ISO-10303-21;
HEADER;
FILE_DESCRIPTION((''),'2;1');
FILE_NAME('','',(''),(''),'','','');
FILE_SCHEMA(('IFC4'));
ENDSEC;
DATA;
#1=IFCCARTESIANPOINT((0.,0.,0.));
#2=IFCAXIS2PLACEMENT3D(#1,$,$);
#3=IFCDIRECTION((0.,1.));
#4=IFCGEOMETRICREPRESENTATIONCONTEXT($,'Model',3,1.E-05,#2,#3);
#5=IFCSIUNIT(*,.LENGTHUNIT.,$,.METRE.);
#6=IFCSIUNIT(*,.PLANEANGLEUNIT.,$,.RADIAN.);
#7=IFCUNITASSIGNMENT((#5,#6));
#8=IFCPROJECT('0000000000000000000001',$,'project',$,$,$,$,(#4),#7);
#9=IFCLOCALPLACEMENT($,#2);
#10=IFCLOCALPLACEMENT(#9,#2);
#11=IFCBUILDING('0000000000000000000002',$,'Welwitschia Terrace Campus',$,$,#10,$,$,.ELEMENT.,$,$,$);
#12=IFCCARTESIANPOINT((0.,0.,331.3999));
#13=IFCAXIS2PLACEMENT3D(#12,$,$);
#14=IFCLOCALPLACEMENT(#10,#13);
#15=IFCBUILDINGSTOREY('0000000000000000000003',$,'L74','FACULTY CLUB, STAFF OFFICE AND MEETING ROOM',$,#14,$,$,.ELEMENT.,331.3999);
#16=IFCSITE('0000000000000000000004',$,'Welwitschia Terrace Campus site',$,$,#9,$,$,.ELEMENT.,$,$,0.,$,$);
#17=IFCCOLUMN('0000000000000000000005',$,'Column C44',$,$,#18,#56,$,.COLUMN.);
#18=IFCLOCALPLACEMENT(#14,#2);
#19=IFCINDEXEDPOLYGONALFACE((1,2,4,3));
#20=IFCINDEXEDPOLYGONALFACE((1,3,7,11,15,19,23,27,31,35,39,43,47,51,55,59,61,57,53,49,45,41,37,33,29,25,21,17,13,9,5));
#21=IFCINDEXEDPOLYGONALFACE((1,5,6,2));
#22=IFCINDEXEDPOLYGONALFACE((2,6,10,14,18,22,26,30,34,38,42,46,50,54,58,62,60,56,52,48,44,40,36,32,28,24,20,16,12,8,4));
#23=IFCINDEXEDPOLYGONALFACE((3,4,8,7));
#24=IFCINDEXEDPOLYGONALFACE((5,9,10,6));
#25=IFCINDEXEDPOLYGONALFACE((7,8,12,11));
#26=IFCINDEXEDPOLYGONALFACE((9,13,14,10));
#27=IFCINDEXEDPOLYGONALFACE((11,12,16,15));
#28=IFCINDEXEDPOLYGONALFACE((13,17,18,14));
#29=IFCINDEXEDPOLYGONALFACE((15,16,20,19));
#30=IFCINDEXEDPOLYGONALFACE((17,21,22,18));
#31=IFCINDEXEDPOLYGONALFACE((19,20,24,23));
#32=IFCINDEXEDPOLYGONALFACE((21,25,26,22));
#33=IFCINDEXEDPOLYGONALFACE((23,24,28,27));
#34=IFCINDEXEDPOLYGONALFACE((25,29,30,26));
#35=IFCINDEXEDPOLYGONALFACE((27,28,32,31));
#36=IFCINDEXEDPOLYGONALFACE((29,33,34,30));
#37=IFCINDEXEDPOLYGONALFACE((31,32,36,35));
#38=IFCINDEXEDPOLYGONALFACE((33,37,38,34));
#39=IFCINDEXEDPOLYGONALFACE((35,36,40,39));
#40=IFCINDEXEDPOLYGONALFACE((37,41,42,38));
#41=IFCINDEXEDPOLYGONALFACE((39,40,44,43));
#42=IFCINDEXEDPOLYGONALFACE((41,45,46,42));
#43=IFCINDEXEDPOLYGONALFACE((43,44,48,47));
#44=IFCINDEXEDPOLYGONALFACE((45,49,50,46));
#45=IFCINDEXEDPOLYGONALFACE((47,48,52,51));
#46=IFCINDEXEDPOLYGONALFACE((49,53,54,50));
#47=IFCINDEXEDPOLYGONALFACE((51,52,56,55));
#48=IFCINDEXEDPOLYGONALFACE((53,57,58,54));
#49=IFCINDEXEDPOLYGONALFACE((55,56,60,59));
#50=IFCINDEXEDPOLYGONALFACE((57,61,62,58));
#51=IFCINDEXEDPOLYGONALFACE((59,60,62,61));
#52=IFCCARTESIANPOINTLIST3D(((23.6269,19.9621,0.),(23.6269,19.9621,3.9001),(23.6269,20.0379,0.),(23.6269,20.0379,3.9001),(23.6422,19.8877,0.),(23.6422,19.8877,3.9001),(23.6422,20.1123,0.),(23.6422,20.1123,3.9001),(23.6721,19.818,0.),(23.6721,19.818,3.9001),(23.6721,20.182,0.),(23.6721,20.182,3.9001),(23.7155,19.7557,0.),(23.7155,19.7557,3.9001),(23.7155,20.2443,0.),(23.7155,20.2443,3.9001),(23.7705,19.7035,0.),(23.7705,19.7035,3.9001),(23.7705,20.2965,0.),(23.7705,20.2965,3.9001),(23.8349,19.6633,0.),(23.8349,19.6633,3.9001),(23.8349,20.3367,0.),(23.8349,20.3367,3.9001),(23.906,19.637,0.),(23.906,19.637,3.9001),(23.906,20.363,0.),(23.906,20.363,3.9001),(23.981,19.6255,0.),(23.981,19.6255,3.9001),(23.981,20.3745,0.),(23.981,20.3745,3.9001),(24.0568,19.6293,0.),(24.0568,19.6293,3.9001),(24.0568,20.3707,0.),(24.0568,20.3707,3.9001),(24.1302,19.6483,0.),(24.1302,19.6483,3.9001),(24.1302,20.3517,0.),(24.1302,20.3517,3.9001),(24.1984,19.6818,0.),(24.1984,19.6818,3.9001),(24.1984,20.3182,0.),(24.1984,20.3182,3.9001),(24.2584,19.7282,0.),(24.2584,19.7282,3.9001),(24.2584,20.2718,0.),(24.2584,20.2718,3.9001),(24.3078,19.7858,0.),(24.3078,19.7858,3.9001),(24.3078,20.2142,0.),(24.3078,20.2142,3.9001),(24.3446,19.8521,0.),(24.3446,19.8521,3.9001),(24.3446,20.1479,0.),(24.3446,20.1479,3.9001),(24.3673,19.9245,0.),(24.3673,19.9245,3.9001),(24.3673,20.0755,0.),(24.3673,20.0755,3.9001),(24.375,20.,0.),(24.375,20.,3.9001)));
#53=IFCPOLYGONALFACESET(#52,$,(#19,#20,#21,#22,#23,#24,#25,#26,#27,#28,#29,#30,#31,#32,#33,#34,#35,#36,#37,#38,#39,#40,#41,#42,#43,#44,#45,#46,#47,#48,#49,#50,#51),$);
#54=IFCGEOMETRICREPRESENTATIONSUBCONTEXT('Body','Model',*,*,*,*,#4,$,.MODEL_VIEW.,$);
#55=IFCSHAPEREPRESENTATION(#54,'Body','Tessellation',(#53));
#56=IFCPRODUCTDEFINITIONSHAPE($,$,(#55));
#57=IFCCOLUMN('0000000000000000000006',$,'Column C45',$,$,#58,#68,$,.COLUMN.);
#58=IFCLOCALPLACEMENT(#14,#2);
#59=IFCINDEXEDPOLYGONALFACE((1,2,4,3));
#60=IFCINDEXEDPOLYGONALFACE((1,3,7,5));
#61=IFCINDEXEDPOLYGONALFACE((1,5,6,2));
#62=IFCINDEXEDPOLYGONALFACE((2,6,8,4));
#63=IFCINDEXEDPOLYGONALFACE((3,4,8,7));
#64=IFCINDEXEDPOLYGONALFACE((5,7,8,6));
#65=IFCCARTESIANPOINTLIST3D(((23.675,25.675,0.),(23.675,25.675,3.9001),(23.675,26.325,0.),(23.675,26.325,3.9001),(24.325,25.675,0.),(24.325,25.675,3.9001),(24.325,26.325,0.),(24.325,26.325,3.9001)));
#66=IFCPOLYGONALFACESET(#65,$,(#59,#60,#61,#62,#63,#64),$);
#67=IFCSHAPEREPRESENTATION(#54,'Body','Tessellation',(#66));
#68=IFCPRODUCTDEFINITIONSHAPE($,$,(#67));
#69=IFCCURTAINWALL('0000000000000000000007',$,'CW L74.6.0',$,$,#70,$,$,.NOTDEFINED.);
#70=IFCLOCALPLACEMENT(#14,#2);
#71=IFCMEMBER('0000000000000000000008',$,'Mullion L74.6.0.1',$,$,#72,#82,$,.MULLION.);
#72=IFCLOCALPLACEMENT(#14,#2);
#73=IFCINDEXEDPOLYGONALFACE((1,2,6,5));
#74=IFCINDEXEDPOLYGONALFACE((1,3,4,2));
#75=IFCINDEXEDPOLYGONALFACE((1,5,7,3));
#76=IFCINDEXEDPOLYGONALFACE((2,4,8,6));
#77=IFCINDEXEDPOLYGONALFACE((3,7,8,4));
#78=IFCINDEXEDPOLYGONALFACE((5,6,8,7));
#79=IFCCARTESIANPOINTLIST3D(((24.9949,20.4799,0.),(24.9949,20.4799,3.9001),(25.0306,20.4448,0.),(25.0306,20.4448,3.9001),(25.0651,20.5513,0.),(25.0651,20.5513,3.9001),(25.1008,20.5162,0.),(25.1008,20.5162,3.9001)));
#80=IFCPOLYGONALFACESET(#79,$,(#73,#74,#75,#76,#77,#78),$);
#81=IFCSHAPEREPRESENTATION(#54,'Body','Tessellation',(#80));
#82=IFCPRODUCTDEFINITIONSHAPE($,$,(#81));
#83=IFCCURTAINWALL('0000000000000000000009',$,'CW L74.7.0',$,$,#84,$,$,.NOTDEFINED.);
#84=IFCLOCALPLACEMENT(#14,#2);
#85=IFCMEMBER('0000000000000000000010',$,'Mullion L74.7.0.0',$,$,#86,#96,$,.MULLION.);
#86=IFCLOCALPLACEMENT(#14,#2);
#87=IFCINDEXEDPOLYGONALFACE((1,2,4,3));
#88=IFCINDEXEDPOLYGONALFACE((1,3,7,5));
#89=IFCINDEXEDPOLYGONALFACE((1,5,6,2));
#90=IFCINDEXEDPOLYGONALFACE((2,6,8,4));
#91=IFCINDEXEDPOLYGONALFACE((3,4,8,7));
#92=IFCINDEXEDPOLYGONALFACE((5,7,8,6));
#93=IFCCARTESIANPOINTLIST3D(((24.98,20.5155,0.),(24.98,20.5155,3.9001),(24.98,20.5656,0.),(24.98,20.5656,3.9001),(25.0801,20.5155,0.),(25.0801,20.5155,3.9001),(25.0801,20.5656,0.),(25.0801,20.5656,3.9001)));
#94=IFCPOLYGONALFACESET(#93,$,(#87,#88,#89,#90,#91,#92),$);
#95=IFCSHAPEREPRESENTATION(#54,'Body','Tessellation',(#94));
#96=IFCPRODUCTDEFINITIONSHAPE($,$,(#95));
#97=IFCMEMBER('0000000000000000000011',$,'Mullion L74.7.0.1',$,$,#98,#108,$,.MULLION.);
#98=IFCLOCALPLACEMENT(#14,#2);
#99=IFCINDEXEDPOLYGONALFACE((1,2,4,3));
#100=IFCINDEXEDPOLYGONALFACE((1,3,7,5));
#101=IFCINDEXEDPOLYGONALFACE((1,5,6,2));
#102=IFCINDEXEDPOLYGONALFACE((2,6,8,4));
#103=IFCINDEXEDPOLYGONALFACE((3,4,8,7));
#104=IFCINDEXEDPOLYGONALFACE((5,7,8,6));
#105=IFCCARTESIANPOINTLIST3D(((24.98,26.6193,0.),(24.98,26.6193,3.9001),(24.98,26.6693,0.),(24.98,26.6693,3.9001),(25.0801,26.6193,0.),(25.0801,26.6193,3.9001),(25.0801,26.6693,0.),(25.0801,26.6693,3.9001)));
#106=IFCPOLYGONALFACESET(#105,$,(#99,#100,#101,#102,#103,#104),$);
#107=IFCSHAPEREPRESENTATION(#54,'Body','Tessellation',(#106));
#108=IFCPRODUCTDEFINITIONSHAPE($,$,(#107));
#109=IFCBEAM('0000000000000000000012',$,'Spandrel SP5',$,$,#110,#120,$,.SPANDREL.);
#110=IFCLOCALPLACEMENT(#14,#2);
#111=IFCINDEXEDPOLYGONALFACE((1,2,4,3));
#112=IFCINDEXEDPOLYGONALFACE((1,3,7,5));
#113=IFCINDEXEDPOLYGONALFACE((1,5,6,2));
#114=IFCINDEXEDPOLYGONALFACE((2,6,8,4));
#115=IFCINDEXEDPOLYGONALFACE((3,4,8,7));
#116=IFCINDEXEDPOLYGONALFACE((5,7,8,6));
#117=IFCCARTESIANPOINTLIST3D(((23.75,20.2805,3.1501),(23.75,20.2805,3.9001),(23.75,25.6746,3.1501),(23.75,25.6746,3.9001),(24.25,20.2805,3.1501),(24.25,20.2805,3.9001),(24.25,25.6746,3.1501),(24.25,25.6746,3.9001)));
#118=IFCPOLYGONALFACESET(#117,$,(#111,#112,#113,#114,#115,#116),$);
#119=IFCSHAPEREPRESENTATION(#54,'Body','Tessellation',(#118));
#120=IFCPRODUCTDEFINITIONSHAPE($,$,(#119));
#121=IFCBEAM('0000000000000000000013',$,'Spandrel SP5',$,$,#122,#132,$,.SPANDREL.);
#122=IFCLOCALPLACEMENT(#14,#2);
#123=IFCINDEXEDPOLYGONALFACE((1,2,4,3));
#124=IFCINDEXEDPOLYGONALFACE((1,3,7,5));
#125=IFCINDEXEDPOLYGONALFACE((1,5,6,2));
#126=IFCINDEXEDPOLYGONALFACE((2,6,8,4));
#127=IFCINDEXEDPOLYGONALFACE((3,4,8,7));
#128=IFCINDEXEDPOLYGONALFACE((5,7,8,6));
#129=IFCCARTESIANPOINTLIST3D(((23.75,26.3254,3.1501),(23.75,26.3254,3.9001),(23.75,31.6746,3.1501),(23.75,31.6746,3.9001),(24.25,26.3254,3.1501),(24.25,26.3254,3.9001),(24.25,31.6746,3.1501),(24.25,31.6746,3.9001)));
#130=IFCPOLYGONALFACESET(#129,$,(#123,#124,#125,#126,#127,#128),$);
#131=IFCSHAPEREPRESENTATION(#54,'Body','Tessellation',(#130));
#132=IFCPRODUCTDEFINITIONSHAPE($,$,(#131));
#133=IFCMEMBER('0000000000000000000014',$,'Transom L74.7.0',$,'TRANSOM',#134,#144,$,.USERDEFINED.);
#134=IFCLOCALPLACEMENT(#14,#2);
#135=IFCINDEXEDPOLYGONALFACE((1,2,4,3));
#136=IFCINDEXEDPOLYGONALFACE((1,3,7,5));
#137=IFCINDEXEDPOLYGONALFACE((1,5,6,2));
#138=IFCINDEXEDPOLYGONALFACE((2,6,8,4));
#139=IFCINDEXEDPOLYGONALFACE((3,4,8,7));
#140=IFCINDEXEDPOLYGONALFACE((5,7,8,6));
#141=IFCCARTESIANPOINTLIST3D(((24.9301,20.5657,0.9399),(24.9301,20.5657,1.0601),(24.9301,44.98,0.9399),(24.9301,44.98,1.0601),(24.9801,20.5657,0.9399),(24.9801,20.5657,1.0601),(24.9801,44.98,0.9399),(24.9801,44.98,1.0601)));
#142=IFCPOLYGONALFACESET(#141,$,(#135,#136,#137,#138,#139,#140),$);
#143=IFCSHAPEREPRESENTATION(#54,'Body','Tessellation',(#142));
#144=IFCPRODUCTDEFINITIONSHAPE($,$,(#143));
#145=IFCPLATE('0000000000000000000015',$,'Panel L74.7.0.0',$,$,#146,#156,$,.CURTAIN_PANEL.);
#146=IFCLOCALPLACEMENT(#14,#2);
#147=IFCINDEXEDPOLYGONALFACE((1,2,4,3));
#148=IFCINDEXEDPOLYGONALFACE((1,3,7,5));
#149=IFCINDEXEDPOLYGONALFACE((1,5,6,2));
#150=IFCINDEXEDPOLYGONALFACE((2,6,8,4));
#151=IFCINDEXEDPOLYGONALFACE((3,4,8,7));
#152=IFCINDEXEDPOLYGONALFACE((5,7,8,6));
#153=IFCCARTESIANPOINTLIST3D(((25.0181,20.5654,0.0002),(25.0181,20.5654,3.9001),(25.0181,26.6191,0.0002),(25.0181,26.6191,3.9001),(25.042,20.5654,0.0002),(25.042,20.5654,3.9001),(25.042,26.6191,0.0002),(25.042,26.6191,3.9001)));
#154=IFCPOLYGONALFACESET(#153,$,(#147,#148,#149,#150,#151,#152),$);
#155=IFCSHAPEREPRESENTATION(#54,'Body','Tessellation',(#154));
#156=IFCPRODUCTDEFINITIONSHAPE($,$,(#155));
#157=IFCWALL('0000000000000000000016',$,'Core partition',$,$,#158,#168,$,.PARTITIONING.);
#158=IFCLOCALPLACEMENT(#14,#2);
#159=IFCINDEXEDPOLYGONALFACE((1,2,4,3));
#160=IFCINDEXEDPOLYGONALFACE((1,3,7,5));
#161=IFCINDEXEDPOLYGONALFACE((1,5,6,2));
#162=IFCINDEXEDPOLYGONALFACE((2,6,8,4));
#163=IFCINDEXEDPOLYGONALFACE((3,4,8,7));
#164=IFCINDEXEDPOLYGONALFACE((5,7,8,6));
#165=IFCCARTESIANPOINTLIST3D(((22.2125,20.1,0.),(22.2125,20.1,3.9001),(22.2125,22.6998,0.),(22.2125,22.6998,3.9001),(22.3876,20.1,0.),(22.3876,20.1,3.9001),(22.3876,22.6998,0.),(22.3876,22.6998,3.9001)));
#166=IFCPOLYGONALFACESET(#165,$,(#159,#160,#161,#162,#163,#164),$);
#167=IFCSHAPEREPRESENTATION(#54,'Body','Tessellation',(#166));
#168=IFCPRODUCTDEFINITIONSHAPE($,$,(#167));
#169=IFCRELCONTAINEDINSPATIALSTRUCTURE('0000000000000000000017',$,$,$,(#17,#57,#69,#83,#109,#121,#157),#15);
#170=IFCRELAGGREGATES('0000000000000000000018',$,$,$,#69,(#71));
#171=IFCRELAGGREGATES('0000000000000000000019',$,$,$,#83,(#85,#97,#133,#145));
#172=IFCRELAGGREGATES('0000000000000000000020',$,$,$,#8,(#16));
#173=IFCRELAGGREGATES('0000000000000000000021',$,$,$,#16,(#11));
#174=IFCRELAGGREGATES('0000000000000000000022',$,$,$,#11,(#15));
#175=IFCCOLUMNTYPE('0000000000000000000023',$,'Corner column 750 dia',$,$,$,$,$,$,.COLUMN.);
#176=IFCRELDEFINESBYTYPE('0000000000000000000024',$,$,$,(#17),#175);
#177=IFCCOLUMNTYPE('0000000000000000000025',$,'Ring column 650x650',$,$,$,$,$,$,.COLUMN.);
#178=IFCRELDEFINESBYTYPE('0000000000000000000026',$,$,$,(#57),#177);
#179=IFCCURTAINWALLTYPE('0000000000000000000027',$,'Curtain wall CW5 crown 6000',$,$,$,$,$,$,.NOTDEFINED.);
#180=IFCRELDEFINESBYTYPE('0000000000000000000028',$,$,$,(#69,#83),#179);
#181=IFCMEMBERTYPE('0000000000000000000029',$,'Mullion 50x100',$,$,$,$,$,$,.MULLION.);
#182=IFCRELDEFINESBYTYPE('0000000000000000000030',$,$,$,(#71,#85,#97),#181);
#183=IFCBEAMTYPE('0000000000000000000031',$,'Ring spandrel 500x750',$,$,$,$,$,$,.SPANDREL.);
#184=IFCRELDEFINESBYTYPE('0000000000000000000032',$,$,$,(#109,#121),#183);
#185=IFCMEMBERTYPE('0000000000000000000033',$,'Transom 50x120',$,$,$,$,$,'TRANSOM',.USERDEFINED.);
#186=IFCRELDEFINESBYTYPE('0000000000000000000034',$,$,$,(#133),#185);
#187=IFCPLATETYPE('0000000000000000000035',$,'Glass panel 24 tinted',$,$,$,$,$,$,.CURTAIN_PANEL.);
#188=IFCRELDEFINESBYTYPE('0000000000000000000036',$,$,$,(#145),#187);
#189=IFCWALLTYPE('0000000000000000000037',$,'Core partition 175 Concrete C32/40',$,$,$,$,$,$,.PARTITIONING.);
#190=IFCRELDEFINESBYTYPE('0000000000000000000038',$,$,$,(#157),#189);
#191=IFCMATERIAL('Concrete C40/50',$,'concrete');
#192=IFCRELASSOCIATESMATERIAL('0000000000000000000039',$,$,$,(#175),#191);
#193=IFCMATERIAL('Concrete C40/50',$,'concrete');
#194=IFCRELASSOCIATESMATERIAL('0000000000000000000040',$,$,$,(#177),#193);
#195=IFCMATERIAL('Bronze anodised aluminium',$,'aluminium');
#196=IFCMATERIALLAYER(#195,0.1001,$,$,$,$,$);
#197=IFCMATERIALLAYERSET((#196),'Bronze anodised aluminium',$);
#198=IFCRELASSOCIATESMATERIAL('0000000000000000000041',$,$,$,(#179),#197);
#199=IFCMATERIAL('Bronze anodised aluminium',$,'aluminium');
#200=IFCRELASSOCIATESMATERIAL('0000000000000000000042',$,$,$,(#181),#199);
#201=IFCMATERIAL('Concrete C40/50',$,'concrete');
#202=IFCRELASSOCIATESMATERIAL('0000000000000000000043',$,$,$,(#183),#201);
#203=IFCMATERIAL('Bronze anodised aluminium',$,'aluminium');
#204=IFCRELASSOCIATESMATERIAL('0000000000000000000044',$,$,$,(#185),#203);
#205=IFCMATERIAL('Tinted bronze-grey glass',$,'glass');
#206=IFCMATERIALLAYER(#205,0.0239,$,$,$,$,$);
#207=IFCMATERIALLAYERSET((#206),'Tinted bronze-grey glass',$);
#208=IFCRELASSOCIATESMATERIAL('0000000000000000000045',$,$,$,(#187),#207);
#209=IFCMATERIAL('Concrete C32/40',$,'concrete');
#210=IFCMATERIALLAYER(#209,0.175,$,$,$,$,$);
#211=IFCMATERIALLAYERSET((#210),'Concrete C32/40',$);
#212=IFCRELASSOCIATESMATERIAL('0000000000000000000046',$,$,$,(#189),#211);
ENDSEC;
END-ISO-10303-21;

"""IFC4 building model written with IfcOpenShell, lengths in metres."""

from ifc_helpers import new_model, si_unit, direction, frame, frame_2d, origin, origin_2d, place, context, subcontext, project, spatial, rectangle, circle, extrude, material, layer, layer_set, material_profile, profile_set, type_object, element, aggregate, save


model = new_model("IFC4")

# Units and contexts
model_context = context("Model", 3, precision=1e-05, world=origin(), true_north=direction((0.0, 1.0)))
body_context = subcontext(model_context, "Body", "Model", "MODEL_VIEW")
ifc_project = project(units=[si_unit("LENGTHUNIT", "METRE"), si_unit("PLANEANGLEUNIT", "RADIAN")], contexts=[model_context])

# Site, building, storey
site_placement = place(None, origin())
site = spatial("IfcSite", under=ifc_project, at=site_placement, Name="Welwitschia Terrace Campus site", CompositionType="ELEMENT", RefElevation=0.0)
building_placement = place(site_placement, origin())
building = spatial("IfcBuilding", under=site, at=building_placement, Name="Welwitschia Terrace Campus", CompositionType="ELEMENT")
storey_placement = place(building_placement, frame((0.0, 0.0, 331.3999)))
storey = spatial("IfcBuildingStorey", under=building, at=storey_placement, Name="L74", Description="FACULTY CLUB, STAFF OFFICE AND MEETING ROOM", CompositionType="ELEMENT", Elevation=331.3999)

# Columns
ifc_material_1 = material(Name="Concrete C40/50", Category="concrete")
ifc_material_profile_1 = material_profile(ifc_material_1, circle(Radius=0.375, at=origin_2d()))
ifc_profile_set_1 = profile_set([ifc_material_profile_1], Name="Concrete C40/50")
column_type_1 = type_object("IfcColumnType", Name="Corner column 750 dia", PredefinedType="COLUMN", material=ifc_profile_set_1)
column_1_placement = place(storey_placement, frame((24.0, 20.0, 0.0), z_axis=(0.0, 0.0, 1.0), x_axis=(1.0, 0.0, 0.0)))
element("IfcColumn", 1, at=column_1_placement, inside=storey, type_object=column_type_1, Name="Column C44", PredefinedType="COLUMN", context=body_context, shape_type="SweptSolid", body=[
    extrude(circle(Radius=0.375, at=origin_2d()), origin(), (0.0, 0.0, 1.0), 3.9001),
])
ifc_material_2 = material(Name="Concrete C40/50", Category="concrete")
ifc_material_profile_2 = material_profile(ifc_material_2, rectangle(XDim=0.6499, YDim=0.6499, at=origin_2d()))
ifc_profile_set_2 = profile_set([ifc_material_profile_2], Name="Concrete C40/50")
column_type_2 = type_object("IfcColumnType", Name="Ring column 650x650", PredefinedType="COLUMN", material=ifc_profile_set_2)
column_2_placement = place(storey_placement, frame((24.0, 26.0, 0.0), z_axis=(0.0, 0.0, 1.0), x_axis=(1.0, 0.0, 0.0)))
element("IfcColumn", 2, at=column_2_placement, inside=storey, type_object=column_type_2, Name="Column C45", PredefinedType="COLUMN", context=body_context, shape_type="SweptSolid", body=[
    extrude(rectangle(XDim=0.6499, YDim=0.6499, at=origin_2d()), origin(), (0.0, 0.0, 1.0), 3.9001),
])

# Curtain wall, member
ifc_material_3 = material(Name="Bronze anodised aluminium", Category="aluminium")
ifc_layer_1 = layer(ifc_material_3, 0.1001)
ifc_layer_set_1 = layer_set([ifc_layer_1], Name="Bronze anodised aluminium")
curtain_wall_type = type_object("IfcCurtainWallType", Name="Curtain wall CW5 crown 6000", PredefinedType="NOTDEFINED", material=ifc_layer_set_1)
curtain_wall_1_placement = place(storey_placement, origin())
curtain_wall_1 = element("IfcCurtainWall", 3, at=curtain_wall_1_placement, inside=storey, type_object=curtain_wall_type, Name="CW L74.6.0", PredefinedType="NOTDEFINED")
ifc_material_4 = material(Name="Bronze anodised aluminium", Category="aluminium")
ifc_material_profile_3 = material_profile(ifc_material_4, rectangle(XDim=0.1001, YDim=0.05, at=origin_2d()))
ifc_profile_set_3 = profile_set([ifc_material_profile_3], Name="Bronze anodised aluminium")
member_type_1 = type_object("IfcMemberType", Name="Mullion 50x100", PredefinedType="MULLION", material=ifc_profile_set_3)
member_1_placement = place(storey_placement, frame((25.0479, 20.498, 0.0), z_axis=(0.0, 0.0, 1.0), x_axis=(-0.700909, -0.71325, 0.0)))
member_1 = element("IfcMember", 4, at=member_1_placement, type_object=member_type_1, Name="Mullion L74.6.0.1", PredefinedType="MULLION", context=body_context, shape_type="SweptSolid", body=[
    extrude(rectangle(XDim=0.1001, YDim=0.05, at=origin_2d()), origin(), (0.0, 0.0, 1.0), 3.9001),
])
aggregate(curtain_wall_1, [member_1])

# Curtain wall, members
curtain_wall_2_placement = place(storey_placement, origin())
curtain_wall_2 = element("IfcCurtainWall", 5, at=curtain_wall_2_placement, inside=storey, type_object=curtain_wall_type, Name="CW L74.7.0", PredefinedType="NOTDEFINED")
member_2_placement = place(storey_placement, frame((25.03, 20.5405, 0.0), z_axis=(0.0, 0.0, 1.0), x_axis=(-1.0, 0.0, 0.0)))
member_2 = element("IfcMember", 6, at=member_2_placement, type_object=member_type_1, Name="Mullion L74.7.0.0", PredefinedType="MULLION", context=body_context, shape_type="SweptSolid", body=[
    extrude(rectangle(XDim=0.1001, YDim=0.05, at=origin_2d()), origin(), (0.0, 0.0, 1.0), 3.9001),
])
member_3_placement = place(storey_placement, frame((25.03, 26.6443, 0.0), z_axis=(0.0, 0.0, 1.0), x_axis=(-1.0, 0.0, 0.0)))
member_3 = element("IfcMember", 7, at=member_3_placement, type_object=member_type_1, Name="Mullion L74.7.0.1", PredefinedType="MULLION", context=body_context, shape_type="SweptSolid", body=[
    extrude(rectangle(XDim=0.1001, YDim=0.05, at=origin_2d()), origin(), (0.0, 0.0, 1.0), 3.9001),
])

# Beams
ifc_material_5 = material(Name="Concrete C40/50", Category="concrete")
ifc_material_profile_4 = material_profile(ifc_material_5, rectangle(XDim=0.5, YDim=0.75, at=origin_2d()))
ifc_profile_set_4 = profile_set([ifc_material_profile_4], Name="Concrete C40/50")
beam_type = type_object("IfcBeamType", Name="Ring spandrel 500x750", PredefinedType="SPANDREL", material=ifc_profile_set_4)
beam_1_placement = place(storey_placement, frame((24.0, 20.2805, 3.5251), z_axis=(0.0, 1.0, 0.0), x_axis=(-1.0, 0.0, 0.0)))
element("IfcBeam", 8, at=beam_1_placement, inside=storey, type_object=beam_type, Name="Spandrel SP5", PredefinedType="SPANDREL", context=body_context, shape_type="SweptSolid", body=[
    extrude(rectangle(XDim=0.5, YDim=0.75, at=origin_2d()), origin(), (0.0, 0.0, 1.0), 5.394),
])
beam_2_placement = place(storey_placement, frame((24.0, 26.3254, 3.5251), z_axis=(0.0, 1.0, 0.0), x_axis=(-1.0, 0.0, 0.0)))
element("IfcBeam", 9, at=beam_2_placement, inside=storey, type_object=beam_type, Name="Spandrel SP5", PredefinedType="SPANDREL", context=body_context, shape_type="SweptSolid", body=[
    extrude(rectangle(XDim=0.5, YDim=0.75, at=origin_2d()), origin(), (0.0, 0.0, 1.0), 5.3491),
])

# Member
ifc_material_6 = material(Name="Bronze anodised aluminium", Category="aluminium")
ifc_material_profile_5 = material_profile(ifc_material_6, rectangle(XDim=0.05, YDim=0.1201, at=origin_2d()))
ifc_profile_set_5 = profile_set([ifc_material_profile_5], Name="Bronze anodised aluminium")
member_type_2 = type_object("IfcMemberType", Name="Transom 50x120", ElementType="TRANSOM", PredefinedType="USERDEFINED", material=ifc_profile_set_5)
member_4_placement = place(storey_placement, frame((24.9551, 20.5657, 1.0), z_axis=(0.0, 1.0, 0.0), x_axis=(-1.0, 0.0, 0.0)))
member_4 = element("IfcMember", 10, at=member_4_placement, type_object=member_type_2, Name="Transom L74.7.0", ObjectType="TRANSOM", PredefinedType="USERDEFINED", context=body_context, shape_type="SweptSolid", body=[
    extrude(rectangle(XDim=0.05, YDim=0.1201, at=origin_2d()), origin(), (0.0, 0.0, 1.0), 24.4143),
])

# Plate
ifc_material_7 = material(Name="Tinted bronze-grey glass", Category="glass")
ifc_layer_2 = layer(ifc_material_7, 0.0239)
ifc_layer_set_2 = layer_set([ifc_layer_2], Name="Tinted bronze-grey glass")
plate_type = type_object("IfcPlateType", Name="Glass panel 24 tinted", PredefinedType="CURTAIN_PANEL", material=ifc_layer_set_2)
plate_placement = place(storey_placement, frame((25.03, 23.5923, 0.0002), z_axis=(0.0, 0.0, 1.0), x_axis=(0.0, 1.0, 0.0)))
plate = element("IfcPlate", 11, at=plate_placement, type_object=plate_type, Name="Panel L74.7.0.0", PredefinedType="CURTAIN_PANEL", context=body_context, shape_type="SweptSolid", body=[
    extrude(rectangle(XDim=6.0537, YDim=0.0239, at=origin_2d()), origin(), (0.0, 0.0, 1.0), 3.8999),
])
aggregate(curtain_wall_2, [member_2, member_3, member_4, plate])

# Wall
ifc_material_8 = material(Name="Concrete C32/40", Category="concrete")
ifc_layer_3 = layer(ifc_material_8, 0.175)
ifc_layer_set_3 = layer_set([ifc_layer_3], Name="Concrete C32/40")
wall_type_1 = type_object("IfcWallType", Name="Core partition 175 Concrete C32/40", PredefinedType="PARTITIONING", material=ifc_layer_set_3)
wall_1_placement = place(storey_placement, frame((22.3, 20.1001, 0.0), z_axis=(0.0, 0.0, 1.0), x_axis=(0.0, 1.0, 0.0)))
element("IfcWall", 12, at=wall_1_placement, inside=storey, type_object=wall_type_1, Name="Core partition", PredefinedType="PARTITIONING", context=body_context, shape_type="SweptSolid", body=[
    extrude(rectangle(XDim=2.5999, YDim=0.175, at=frame_2d((1.2998, 0.0))), origin(), (0.0, 0.0, 1.0), 3.9001),
])

save(model, "model.ifc")
